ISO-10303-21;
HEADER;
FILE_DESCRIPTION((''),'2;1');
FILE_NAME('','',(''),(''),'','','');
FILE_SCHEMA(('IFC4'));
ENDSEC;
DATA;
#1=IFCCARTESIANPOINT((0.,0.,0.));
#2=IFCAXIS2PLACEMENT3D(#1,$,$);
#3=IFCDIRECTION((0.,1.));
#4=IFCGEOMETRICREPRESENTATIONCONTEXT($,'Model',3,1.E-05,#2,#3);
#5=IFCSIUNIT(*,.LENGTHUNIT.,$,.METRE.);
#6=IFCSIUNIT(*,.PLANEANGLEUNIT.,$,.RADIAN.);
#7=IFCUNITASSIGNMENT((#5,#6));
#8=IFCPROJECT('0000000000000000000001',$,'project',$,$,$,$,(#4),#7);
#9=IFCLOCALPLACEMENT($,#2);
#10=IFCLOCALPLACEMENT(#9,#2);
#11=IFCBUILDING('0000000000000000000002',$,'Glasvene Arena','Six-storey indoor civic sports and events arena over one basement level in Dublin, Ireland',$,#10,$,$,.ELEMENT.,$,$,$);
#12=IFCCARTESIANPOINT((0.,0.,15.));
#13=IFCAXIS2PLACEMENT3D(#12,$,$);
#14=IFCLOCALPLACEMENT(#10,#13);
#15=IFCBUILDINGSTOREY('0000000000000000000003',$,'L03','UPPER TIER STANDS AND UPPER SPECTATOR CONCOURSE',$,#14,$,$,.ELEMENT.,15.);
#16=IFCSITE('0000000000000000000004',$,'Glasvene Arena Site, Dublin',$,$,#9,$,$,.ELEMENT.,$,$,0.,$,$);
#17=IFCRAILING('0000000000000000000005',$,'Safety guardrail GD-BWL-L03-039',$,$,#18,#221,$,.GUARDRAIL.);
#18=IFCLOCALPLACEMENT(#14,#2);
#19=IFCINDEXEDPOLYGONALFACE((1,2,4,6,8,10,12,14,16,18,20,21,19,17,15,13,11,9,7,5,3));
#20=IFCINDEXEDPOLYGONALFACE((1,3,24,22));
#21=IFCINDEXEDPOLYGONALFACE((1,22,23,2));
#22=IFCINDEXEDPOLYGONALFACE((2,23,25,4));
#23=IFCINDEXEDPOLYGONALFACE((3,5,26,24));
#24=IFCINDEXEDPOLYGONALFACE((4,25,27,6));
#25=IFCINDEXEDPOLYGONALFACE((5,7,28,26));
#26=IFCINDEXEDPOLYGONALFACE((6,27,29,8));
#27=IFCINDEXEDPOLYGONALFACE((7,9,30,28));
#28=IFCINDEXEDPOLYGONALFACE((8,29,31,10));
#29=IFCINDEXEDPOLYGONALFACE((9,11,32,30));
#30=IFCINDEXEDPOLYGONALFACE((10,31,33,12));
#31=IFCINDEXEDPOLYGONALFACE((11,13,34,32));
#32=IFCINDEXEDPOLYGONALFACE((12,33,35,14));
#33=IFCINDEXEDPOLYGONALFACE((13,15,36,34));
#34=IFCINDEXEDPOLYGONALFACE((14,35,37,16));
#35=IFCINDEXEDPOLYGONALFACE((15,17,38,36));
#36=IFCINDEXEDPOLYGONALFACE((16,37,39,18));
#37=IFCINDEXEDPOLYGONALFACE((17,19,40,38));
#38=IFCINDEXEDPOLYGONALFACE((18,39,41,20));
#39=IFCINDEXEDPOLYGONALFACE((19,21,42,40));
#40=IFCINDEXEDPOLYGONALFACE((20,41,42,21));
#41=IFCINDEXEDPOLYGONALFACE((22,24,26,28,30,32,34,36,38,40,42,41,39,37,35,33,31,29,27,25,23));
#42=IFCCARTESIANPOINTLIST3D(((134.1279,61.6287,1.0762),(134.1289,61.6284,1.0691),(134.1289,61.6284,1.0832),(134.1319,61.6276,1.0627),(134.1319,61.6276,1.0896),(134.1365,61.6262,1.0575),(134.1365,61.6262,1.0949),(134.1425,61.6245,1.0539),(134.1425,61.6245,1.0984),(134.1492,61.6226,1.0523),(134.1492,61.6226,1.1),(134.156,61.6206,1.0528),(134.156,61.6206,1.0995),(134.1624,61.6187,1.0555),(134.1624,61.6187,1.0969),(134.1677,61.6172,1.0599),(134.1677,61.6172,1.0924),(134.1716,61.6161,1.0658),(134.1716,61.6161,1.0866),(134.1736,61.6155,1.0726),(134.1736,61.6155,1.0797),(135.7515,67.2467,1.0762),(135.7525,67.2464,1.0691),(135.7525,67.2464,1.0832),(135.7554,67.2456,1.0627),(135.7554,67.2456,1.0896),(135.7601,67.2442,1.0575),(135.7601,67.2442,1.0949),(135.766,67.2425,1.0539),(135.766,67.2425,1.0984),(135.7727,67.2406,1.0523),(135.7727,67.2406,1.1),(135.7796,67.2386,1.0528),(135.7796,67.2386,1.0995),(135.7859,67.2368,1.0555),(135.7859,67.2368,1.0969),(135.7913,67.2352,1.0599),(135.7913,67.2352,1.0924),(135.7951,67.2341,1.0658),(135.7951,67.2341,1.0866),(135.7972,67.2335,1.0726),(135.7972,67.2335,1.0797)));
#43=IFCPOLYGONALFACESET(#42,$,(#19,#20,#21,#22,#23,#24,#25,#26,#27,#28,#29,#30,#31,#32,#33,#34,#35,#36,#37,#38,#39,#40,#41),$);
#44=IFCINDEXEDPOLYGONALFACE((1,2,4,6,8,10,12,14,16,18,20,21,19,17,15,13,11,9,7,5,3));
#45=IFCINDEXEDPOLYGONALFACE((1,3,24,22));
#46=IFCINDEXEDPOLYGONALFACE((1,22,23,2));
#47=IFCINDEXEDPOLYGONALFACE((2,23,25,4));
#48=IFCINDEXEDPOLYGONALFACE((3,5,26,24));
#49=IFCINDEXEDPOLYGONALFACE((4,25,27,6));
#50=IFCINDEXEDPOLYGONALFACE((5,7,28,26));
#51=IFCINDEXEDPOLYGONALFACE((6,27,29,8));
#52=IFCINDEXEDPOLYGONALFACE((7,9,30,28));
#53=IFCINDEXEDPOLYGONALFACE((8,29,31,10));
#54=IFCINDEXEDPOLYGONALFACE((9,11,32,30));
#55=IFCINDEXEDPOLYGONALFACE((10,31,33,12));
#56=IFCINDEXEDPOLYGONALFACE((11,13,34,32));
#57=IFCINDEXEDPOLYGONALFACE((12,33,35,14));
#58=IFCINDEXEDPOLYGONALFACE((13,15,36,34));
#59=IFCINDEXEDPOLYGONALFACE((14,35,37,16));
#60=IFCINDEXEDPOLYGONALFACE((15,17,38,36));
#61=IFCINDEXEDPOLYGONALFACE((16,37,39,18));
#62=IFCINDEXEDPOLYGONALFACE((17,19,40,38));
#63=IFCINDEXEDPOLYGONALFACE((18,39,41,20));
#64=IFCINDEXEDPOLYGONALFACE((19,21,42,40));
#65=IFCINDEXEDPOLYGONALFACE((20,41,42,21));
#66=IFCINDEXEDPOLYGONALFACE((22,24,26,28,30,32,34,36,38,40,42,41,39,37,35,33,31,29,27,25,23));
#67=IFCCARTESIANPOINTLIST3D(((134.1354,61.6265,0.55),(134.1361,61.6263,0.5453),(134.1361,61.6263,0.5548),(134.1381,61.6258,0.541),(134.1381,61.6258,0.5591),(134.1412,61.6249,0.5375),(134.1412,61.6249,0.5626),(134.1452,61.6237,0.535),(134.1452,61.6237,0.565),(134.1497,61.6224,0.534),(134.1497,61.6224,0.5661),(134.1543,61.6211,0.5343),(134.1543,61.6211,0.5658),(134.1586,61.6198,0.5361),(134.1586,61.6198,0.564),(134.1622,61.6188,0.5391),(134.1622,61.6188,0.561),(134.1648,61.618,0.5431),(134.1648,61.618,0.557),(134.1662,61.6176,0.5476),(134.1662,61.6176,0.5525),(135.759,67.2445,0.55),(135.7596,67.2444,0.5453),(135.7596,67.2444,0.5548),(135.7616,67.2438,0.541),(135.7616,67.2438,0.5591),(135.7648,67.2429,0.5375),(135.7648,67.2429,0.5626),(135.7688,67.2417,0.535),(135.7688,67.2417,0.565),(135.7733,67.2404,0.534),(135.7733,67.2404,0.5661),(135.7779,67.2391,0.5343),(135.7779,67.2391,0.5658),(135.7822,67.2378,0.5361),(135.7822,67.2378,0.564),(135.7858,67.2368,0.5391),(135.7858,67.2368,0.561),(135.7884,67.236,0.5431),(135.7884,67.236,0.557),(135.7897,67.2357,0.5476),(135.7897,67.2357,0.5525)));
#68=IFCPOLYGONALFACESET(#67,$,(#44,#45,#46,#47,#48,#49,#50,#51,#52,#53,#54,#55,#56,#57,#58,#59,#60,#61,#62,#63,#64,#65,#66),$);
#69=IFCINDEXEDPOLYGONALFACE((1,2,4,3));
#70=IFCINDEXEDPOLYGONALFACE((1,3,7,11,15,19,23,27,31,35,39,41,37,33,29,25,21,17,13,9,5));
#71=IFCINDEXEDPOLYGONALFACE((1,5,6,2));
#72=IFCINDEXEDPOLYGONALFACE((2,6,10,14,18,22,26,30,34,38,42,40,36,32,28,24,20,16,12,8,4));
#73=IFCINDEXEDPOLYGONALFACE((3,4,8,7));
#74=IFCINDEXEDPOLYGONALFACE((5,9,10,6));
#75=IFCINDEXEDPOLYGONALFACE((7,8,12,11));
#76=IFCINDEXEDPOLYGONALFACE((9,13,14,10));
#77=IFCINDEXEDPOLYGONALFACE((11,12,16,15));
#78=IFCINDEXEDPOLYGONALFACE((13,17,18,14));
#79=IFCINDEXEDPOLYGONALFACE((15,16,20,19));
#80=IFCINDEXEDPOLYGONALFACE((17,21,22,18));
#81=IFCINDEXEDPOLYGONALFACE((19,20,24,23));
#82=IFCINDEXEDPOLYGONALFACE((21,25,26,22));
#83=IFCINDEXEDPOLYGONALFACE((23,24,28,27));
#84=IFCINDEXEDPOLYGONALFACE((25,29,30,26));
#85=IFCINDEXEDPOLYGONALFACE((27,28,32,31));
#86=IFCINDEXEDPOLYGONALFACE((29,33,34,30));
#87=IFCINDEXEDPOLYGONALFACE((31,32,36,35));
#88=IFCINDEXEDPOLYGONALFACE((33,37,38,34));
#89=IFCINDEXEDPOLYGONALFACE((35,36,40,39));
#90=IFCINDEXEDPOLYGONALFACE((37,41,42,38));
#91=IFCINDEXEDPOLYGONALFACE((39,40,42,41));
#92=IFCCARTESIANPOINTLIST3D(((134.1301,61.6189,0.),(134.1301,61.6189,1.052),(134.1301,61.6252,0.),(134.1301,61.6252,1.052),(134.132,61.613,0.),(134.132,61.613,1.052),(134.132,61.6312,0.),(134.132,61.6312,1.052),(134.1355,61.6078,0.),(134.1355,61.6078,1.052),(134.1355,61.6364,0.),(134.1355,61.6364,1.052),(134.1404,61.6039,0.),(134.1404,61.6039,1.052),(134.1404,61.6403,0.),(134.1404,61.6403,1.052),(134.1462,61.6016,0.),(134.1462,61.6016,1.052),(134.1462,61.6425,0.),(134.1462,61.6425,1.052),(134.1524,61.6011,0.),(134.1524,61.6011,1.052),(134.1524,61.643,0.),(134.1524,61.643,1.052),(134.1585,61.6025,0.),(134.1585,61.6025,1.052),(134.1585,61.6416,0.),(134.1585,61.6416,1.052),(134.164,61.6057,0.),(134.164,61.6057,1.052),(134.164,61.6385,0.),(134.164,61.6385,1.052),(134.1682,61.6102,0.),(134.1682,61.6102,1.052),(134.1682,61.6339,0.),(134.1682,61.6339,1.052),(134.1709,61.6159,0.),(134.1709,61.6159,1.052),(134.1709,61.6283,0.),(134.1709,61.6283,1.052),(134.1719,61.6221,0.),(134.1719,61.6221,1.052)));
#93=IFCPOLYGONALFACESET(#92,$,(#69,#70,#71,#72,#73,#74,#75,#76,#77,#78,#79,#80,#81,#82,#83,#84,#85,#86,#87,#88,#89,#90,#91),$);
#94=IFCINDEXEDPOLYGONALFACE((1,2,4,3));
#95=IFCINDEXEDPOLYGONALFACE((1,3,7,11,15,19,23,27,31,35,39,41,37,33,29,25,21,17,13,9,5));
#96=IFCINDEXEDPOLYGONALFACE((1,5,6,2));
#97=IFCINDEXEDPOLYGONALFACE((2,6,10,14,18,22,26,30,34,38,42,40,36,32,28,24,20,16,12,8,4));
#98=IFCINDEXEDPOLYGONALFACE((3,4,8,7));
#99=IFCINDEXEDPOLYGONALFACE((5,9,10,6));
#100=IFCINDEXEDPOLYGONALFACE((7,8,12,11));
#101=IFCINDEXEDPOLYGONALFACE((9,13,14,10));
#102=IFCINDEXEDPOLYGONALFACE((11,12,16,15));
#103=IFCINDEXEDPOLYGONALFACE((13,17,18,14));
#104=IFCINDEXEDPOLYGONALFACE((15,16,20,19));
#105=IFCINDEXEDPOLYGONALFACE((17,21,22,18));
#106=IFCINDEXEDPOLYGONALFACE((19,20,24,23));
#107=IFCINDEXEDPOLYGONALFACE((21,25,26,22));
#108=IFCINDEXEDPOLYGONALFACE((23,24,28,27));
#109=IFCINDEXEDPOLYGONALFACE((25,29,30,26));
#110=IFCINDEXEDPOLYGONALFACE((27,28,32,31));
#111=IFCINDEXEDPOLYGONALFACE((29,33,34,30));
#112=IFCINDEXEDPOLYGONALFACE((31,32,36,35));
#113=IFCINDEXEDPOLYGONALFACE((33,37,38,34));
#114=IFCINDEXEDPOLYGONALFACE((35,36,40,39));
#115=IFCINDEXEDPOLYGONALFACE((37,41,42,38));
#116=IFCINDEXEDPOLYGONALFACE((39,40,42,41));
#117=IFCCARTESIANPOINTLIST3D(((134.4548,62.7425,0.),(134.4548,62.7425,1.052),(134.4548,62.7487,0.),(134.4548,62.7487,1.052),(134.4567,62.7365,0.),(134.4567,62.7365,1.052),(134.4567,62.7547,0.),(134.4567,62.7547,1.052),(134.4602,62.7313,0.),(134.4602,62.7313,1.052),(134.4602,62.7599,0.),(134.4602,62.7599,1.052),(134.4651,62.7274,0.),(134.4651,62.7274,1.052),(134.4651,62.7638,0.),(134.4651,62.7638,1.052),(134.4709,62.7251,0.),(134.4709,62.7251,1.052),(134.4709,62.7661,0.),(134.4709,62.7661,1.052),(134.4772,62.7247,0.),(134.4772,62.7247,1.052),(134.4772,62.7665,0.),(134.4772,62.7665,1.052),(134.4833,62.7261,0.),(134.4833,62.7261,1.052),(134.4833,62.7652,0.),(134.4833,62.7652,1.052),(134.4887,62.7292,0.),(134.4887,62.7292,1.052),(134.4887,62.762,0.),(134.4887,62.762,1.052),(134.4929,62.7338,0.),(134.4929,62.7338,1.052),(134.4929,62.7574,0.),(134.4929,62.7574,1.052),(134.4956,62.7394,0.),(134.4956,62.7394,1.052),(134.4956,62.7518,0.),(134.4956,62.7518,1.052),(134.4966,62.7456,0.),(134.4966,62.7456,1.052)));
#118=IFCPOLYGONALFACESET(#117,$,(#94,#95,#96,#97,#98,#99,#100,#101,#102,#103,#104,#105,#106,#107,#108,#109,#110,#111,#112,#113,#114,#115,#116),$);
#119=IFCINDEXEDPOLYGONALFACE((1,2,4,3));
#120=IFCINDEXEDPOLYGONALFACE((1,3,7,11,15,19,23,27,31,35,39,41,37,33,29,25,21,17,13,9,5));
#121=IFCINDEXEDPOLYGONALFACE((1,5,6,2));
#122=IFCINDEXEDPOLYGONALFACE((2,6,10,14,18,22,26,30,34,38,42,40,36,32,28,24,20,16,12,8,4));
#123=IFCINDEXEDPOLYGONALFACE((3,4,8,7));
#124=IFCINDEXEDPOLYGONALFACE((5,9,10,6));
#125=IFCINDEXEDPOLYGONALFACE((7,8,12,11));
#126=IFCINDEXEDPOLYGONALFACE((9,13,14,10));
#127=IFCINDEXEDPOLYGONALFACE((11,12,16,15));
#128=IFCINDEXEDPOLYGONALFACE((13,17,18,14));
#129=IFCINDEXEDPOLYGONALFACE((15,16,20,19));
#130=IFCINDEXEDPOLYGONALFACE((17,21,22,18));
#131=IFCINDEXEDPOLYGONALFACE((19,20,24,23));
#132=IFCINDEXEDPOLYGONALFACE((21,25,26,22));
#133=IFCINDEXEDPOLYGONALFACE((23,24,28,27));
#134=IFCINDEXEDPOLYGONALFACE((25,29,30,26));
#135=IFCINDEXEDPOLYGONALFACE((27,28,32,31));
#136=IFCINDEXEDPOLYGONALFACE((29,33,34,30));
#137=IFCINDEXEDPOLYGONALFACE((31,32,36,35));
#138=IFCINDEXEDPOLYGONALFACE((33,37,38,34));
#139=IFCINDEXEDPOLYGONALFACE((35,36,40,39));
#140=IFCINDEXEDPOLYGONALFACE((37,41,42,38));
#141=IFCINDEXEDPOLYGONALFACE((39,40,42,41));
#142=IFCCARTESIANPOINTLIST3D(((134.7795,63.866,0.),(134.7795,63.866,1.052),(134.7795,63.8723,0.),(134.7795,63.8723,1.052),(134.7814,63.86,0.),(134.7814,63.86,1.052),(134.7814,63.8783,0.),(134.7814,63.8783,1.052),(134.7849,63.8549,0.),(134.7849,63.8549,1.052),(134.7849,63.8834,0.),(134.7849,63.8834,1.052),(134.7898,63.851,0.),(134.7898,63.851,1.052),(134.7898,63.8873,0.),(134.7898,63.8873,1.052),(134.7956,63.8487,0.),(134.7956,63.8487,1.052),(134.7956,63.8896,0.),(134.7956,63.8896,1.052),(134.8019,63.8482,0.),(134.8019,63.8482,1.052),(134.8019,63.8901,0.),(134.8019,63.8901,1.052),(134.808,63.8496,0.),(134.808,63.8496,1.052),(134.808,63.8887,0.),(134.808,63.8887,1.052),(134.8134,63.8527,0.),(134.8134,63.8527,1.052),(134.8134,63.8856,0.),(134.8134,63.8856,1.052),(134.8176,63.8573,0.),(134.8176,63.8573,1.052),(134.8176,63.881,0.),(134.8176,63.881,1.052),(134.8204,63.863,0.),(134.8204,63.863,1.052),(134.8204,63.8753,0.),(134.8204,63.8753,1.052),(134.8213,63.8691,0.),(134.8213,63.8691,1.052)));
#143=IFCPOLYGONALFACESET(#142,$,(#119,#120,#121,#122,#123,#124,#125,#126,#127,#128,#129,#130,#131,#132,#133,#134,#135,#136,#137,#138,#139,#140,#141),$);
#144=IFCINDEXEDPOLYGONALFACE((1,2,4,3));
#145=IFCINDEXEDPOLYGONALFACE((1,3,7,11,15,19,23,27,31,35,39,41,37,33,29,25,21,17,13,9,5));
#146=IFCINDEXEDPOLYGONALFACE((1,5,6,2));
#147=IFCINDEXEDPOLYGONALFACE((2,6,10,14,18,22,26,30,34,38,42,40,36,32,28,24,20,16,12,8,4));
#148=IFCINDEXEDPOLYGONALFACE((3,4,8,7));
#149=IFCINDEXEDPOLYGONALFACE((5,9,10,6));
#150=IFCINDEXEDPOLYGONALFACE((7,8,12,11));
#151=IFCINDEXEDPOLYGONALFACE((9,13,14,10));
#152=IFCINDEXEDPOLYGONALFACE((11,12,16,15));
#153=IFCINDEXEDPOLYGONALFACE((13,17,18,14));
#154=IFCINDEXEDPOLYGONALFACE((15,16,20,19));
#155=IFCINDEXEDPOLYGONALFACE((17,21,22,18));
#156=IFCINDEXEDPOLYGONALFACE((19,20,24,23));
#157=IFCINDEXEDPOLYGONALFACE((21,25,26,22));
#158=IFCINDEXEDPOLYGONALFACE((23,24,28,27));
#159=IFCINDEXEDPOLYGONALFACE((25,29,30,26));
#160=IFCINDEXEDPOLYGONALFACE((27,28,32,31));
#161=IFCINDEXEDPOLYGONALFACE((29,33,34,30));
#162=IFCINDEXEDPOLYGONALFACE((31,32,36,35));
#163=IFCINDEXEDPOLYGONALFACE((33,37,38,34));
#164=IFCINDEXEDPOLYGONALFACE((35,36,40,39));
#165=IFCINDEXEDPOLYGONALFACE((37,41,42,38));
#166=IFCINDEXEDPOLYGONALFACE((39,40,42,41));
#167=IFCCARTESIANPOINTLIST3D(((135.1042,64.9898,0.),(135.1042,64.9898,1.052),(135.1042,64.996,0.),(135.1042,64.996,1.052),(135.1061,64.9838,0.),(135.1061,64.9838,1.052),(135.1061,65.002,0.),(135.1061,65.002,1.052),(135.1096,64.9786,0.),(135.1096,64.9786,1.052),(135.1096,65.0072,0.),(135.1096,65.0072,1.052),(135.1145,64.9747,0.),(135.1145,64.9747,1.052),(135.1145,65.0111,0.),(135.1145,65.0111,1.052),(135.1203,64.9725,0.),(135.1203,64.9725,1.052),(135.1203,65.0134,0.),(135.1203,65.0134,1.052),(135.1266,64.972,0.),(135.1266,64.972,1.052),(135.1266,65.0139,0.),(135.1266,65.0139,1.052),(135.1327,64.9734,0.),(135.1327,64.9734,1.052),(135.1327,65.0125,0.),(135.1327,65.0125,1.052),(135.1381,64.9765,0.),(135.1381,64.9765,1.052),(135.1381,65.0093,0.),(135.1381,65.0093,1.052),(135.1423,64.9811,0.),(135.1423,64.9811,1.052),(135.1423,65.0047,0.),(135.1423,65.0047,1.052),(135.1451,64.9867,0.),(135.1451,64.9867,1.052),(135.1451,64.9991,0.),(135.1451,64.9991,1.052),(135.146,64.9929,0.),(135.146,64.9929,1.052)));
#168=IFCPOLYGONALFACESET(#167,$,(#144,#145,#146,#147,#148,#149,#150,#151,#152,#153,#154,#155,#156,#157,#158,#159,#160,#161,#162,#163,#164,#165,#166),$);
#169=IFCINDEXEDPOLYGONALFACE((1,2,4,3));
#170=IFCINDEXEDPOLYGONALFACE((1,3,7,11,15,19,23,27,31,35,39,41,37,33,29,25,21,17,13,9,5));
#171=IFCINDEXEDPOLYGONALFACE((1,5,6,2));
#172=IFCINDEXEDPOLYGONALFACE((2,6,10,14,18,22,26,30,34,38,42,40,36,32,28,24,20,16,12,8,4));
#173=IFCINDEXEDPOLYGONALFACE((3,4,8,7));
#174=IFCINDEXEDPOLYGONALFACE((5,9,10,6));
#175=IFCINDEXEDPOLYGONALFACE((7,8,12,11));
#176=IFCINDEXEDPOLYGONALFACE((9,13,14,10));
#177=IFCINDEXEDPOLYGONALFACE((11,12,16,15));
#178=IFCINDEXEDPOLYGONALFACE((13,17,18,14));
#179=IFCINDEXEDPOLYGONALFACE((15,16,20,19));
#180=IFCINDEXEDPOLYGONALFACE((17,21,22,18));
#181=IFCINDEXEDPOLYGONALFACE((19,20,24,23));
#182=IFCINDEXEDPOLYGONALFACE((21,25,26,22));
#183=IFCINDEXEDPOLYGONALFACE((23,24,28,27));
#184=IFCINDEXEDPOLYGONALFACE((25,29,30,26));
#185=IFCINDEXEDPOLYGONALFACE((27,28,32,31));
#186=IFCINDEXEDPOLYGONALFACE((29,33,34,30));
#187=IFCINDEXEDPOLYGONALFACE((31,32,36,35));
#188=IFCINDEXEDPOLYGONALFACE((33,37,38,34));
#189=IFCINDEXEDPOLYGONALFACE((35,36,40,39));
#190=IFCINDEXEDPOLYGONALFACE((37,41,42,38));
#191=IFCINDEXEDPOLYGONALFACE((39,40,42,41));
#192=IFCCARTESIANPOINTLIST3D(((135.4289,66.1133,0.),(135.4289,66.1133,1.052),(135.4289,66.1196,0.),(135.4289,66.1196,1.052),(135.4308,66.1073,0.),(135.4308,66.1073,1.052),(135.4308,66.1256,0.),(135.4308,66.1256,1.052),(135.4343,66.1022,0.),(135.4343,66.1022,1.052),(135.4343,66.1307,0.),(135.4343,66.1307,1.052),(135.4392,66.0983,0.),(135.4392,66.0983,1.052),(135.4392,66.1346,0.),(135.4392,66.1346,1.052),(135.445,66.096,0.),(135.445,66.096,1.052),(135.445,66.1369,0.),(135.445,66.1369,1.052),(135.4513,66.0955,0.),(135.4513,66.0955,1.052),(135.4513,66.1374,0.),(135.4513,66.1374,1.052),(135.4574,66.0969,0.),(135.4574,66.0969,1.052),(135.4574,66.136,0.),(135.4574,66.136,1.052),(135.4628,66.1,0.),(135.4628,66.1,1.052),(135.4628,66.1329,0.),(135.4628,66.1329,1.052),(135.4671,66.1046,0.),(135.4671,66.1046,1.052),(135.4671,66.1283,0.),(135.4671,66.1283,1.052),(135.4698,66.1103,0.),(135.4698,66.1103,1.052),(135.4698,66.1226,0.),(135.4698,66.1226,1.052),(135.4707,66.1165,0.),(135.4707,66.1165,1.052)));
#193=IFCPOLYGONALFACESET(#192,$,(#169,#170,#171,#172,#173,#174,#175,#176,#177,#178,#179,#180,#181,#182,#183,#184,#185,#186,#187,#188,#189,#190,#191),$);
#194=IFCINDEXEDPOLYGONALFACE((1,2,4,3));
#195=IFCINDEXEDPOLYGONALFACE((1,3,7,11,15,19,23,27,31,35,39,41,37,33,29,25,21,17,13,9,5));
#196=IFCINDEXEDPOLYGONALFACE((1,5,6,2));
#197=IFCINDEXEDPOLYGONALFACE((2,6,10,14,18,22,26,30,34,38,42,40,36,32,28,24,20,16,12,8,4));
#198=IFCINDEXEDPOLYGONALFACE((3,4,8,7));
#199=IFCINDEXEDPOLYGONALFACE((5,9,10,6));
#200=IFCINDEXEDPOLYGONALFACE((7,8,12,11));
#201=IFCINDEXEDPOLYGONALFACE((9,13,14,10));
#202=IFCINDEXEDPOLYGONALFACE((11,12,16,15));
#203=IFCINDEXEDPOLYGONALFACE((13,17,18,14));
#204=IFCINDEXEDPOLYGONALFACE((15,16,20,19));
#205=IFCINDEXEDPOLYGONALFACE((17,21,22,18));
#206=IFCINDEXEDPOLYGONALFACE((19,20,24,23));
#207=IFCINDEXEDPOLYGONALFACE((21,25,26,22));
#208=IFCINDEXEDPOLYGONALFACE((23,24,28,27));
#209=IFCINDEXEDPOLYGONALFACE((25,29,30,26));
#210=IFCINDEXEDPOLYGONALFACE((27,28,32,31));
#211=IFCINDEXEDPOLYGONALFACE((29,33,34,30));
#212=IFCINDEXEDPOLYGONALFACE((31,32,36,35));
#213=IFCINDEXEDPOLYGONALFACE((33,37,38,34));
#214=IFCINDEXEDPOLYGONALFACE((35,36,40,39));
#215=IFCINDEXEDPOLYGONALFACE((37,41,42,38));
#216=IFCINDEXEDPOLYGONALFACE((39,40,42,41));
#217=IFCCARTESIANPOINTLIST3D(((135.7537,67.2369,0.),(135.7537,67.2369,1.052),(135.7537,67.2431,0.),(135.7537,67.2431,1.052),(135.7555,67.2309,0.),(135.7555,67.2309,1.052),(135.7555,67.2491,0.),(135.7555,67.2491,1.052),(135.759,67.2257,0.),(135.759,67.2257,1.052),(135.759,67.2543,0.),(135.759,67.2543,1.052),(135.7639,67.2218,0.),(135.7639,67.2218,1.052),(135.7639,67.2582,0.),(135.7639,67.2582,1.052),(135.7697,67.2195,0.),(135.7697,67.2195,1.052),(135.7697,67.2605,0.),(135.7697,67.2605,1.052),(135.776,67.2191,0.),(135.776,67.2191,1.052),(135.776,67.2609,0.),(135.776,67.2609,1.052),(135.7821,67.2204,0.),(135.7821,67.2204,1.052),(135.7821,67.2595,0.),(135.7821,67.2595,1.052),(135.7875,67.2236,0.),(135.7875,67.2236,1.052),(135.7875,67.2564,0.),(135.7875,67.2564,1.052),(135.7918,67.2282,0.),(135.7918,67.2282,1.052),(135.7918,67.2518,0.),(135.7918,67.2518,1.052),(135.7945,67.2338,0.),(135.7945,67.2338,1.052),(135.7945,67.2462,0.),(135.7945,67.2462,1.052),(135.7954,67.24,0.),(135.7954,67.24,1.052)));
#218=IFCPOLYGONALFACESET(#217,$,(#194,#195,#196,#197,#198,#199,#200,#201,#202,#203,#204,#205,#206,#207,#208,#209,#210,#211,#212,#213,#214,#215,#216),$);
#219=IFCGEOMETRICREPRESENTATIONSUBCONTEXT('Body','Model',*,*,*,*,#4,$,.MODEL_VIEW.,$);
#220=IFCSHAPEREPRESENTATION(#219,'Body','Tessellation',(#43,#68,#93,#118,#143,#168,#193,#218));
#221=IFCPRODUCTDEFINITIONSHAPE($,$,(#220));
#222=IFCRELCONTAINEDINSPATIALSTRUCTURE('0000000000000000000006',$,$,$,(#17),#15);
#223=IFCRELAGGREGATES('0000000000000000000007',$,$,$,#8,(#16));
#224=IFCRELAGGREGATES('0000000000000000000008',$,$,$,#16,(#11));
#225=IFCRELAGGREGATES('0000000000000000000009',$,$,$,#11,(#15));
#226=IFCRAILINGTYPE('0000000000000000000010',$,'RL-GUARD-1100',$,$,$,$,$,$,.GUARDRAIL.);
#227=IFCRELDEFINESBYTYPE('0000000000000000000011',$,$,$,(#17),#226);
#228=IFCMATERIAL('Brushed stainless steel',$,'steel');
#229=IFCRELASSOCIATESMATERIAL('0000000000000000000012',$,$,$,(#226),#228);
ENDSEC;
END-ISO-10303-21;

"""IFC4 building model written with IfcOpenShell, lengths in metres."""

from ifc_helpers import new_model, si_unit, direction, frame, origin, origin_2d, place, context, subcontext, project, spatial, circle, extrude, material, type_object, element, save


model = new_model("IFC4")

# Units and contexts
model_context = context("Model", 3, precision=1e-05, world=origin(), true_north=direction((0.0, 1.0)))
body_context = subcontext(model_context, "Body", "Model", "MODEL_VIEW")
ifc_project = project(units=[si_unit("LENGTHUNIT", "METRE"), si_unit("PLANEANGLEUNIT", "RADIAN")], contexts=[model_context])

# Site, building, storey
site_placement = place(None, origin())
site = spatial("IfcSite", under=ifc_project, at=site_placement, Name="Glasvene Arena Site, Dublin", CompositionType="ELEMENT", RefElevation=0.0)
building_placement = place(site_placement, origin())
building = spatial("IfcBuilding", under=site, at=building_placement, Name="Glasvene Arena", Description="Six-storey indoor civic sports and events arena over one basement level in Dublin, Ireland", CompositionType="ELEMENT")
storey_placement = place(building_placement, frame((0.0, 0.0, 15.0)))
storey = spatial("IfcBuildingStorey", under=building, at=storey_placement, Name="L03", Description="UPPER TIER STANDS AND UPPER SPECTATOR CONCOURSE", CompositionType="ELEMENT", Elevation=15.0)

# Railing
ifc_material_1 = material(Name="Brushed stainless steel", Category="steel")
railing_type = type_object("IfcRailingType", Name="RL-GUARD-1100", PredefinedType="GUARDRAIL", material=ifc_material_1)
railing_1_placement = place(storey_placement, frame((134.1509, 61.6221, 0.0)))
element("IfcRailing", 1, at=railing_1_placement, inside=storey, type_object=railing_type, Name="Safety guardrail GD-BWL-L03-039", PredefinedType="GUARDRAIL", context=body_context, shape_type="SweptSolid", body=[
    extrude(circle(Radius=0.0239, at=origin_2d()), frame((0.0, 0.0, 1.0762), z_axis=(0.277631, 0.960688, 0.0), x_axis=(-0.960688, 0.277631, 0.0)), (0.0, 0.0, 1.0), 5.8479),
    extrude(circle(Radius=0.0161, at=origin_2d()), frame((0.0, 0.0, 0.55), z_axis=(0.277631, 0.960688, 0.0), x_axis=(-0.960688, 0.277631, 0.0)), (0.0, 0.0, 1.0), 5.8479),
    extrude(circle(Radius=0.021, at=origin_2d()), origin(), (0.0, 0.0, 1.0), 1.052),
    extrude(circle(Radius=0.021, at=origin_2d()), frame((0.3247, 1.1235, 0.0)), (0.0, 0.0, 1.0), 1.052),
    extrude(circle(Radius=0.021, at=origin_2d()), frame((0.6494, 2.2471, 0.0)), (0.0, 0.0, 1.0), 1.052),
    extrude(circle(Radius=0.021, at=origin_2d()), frame((0.9741, 3.3708, 0.0)), (0.0, 0.0, 1.0), 1.052),
    extrude(circle(Radius=0.021, at=origin_2d()), frame((1.2988, 4.4944, 0.0)), (0.0, 0.0, 1.0), 1.052),
    extrude(circle(Radius=0.021, at=origin_2d()), frame((1.6235, 5.6179, 0.0)), (0.0, 0.0, 1.0), 1.052),
])

save(model, "model.ifc")
